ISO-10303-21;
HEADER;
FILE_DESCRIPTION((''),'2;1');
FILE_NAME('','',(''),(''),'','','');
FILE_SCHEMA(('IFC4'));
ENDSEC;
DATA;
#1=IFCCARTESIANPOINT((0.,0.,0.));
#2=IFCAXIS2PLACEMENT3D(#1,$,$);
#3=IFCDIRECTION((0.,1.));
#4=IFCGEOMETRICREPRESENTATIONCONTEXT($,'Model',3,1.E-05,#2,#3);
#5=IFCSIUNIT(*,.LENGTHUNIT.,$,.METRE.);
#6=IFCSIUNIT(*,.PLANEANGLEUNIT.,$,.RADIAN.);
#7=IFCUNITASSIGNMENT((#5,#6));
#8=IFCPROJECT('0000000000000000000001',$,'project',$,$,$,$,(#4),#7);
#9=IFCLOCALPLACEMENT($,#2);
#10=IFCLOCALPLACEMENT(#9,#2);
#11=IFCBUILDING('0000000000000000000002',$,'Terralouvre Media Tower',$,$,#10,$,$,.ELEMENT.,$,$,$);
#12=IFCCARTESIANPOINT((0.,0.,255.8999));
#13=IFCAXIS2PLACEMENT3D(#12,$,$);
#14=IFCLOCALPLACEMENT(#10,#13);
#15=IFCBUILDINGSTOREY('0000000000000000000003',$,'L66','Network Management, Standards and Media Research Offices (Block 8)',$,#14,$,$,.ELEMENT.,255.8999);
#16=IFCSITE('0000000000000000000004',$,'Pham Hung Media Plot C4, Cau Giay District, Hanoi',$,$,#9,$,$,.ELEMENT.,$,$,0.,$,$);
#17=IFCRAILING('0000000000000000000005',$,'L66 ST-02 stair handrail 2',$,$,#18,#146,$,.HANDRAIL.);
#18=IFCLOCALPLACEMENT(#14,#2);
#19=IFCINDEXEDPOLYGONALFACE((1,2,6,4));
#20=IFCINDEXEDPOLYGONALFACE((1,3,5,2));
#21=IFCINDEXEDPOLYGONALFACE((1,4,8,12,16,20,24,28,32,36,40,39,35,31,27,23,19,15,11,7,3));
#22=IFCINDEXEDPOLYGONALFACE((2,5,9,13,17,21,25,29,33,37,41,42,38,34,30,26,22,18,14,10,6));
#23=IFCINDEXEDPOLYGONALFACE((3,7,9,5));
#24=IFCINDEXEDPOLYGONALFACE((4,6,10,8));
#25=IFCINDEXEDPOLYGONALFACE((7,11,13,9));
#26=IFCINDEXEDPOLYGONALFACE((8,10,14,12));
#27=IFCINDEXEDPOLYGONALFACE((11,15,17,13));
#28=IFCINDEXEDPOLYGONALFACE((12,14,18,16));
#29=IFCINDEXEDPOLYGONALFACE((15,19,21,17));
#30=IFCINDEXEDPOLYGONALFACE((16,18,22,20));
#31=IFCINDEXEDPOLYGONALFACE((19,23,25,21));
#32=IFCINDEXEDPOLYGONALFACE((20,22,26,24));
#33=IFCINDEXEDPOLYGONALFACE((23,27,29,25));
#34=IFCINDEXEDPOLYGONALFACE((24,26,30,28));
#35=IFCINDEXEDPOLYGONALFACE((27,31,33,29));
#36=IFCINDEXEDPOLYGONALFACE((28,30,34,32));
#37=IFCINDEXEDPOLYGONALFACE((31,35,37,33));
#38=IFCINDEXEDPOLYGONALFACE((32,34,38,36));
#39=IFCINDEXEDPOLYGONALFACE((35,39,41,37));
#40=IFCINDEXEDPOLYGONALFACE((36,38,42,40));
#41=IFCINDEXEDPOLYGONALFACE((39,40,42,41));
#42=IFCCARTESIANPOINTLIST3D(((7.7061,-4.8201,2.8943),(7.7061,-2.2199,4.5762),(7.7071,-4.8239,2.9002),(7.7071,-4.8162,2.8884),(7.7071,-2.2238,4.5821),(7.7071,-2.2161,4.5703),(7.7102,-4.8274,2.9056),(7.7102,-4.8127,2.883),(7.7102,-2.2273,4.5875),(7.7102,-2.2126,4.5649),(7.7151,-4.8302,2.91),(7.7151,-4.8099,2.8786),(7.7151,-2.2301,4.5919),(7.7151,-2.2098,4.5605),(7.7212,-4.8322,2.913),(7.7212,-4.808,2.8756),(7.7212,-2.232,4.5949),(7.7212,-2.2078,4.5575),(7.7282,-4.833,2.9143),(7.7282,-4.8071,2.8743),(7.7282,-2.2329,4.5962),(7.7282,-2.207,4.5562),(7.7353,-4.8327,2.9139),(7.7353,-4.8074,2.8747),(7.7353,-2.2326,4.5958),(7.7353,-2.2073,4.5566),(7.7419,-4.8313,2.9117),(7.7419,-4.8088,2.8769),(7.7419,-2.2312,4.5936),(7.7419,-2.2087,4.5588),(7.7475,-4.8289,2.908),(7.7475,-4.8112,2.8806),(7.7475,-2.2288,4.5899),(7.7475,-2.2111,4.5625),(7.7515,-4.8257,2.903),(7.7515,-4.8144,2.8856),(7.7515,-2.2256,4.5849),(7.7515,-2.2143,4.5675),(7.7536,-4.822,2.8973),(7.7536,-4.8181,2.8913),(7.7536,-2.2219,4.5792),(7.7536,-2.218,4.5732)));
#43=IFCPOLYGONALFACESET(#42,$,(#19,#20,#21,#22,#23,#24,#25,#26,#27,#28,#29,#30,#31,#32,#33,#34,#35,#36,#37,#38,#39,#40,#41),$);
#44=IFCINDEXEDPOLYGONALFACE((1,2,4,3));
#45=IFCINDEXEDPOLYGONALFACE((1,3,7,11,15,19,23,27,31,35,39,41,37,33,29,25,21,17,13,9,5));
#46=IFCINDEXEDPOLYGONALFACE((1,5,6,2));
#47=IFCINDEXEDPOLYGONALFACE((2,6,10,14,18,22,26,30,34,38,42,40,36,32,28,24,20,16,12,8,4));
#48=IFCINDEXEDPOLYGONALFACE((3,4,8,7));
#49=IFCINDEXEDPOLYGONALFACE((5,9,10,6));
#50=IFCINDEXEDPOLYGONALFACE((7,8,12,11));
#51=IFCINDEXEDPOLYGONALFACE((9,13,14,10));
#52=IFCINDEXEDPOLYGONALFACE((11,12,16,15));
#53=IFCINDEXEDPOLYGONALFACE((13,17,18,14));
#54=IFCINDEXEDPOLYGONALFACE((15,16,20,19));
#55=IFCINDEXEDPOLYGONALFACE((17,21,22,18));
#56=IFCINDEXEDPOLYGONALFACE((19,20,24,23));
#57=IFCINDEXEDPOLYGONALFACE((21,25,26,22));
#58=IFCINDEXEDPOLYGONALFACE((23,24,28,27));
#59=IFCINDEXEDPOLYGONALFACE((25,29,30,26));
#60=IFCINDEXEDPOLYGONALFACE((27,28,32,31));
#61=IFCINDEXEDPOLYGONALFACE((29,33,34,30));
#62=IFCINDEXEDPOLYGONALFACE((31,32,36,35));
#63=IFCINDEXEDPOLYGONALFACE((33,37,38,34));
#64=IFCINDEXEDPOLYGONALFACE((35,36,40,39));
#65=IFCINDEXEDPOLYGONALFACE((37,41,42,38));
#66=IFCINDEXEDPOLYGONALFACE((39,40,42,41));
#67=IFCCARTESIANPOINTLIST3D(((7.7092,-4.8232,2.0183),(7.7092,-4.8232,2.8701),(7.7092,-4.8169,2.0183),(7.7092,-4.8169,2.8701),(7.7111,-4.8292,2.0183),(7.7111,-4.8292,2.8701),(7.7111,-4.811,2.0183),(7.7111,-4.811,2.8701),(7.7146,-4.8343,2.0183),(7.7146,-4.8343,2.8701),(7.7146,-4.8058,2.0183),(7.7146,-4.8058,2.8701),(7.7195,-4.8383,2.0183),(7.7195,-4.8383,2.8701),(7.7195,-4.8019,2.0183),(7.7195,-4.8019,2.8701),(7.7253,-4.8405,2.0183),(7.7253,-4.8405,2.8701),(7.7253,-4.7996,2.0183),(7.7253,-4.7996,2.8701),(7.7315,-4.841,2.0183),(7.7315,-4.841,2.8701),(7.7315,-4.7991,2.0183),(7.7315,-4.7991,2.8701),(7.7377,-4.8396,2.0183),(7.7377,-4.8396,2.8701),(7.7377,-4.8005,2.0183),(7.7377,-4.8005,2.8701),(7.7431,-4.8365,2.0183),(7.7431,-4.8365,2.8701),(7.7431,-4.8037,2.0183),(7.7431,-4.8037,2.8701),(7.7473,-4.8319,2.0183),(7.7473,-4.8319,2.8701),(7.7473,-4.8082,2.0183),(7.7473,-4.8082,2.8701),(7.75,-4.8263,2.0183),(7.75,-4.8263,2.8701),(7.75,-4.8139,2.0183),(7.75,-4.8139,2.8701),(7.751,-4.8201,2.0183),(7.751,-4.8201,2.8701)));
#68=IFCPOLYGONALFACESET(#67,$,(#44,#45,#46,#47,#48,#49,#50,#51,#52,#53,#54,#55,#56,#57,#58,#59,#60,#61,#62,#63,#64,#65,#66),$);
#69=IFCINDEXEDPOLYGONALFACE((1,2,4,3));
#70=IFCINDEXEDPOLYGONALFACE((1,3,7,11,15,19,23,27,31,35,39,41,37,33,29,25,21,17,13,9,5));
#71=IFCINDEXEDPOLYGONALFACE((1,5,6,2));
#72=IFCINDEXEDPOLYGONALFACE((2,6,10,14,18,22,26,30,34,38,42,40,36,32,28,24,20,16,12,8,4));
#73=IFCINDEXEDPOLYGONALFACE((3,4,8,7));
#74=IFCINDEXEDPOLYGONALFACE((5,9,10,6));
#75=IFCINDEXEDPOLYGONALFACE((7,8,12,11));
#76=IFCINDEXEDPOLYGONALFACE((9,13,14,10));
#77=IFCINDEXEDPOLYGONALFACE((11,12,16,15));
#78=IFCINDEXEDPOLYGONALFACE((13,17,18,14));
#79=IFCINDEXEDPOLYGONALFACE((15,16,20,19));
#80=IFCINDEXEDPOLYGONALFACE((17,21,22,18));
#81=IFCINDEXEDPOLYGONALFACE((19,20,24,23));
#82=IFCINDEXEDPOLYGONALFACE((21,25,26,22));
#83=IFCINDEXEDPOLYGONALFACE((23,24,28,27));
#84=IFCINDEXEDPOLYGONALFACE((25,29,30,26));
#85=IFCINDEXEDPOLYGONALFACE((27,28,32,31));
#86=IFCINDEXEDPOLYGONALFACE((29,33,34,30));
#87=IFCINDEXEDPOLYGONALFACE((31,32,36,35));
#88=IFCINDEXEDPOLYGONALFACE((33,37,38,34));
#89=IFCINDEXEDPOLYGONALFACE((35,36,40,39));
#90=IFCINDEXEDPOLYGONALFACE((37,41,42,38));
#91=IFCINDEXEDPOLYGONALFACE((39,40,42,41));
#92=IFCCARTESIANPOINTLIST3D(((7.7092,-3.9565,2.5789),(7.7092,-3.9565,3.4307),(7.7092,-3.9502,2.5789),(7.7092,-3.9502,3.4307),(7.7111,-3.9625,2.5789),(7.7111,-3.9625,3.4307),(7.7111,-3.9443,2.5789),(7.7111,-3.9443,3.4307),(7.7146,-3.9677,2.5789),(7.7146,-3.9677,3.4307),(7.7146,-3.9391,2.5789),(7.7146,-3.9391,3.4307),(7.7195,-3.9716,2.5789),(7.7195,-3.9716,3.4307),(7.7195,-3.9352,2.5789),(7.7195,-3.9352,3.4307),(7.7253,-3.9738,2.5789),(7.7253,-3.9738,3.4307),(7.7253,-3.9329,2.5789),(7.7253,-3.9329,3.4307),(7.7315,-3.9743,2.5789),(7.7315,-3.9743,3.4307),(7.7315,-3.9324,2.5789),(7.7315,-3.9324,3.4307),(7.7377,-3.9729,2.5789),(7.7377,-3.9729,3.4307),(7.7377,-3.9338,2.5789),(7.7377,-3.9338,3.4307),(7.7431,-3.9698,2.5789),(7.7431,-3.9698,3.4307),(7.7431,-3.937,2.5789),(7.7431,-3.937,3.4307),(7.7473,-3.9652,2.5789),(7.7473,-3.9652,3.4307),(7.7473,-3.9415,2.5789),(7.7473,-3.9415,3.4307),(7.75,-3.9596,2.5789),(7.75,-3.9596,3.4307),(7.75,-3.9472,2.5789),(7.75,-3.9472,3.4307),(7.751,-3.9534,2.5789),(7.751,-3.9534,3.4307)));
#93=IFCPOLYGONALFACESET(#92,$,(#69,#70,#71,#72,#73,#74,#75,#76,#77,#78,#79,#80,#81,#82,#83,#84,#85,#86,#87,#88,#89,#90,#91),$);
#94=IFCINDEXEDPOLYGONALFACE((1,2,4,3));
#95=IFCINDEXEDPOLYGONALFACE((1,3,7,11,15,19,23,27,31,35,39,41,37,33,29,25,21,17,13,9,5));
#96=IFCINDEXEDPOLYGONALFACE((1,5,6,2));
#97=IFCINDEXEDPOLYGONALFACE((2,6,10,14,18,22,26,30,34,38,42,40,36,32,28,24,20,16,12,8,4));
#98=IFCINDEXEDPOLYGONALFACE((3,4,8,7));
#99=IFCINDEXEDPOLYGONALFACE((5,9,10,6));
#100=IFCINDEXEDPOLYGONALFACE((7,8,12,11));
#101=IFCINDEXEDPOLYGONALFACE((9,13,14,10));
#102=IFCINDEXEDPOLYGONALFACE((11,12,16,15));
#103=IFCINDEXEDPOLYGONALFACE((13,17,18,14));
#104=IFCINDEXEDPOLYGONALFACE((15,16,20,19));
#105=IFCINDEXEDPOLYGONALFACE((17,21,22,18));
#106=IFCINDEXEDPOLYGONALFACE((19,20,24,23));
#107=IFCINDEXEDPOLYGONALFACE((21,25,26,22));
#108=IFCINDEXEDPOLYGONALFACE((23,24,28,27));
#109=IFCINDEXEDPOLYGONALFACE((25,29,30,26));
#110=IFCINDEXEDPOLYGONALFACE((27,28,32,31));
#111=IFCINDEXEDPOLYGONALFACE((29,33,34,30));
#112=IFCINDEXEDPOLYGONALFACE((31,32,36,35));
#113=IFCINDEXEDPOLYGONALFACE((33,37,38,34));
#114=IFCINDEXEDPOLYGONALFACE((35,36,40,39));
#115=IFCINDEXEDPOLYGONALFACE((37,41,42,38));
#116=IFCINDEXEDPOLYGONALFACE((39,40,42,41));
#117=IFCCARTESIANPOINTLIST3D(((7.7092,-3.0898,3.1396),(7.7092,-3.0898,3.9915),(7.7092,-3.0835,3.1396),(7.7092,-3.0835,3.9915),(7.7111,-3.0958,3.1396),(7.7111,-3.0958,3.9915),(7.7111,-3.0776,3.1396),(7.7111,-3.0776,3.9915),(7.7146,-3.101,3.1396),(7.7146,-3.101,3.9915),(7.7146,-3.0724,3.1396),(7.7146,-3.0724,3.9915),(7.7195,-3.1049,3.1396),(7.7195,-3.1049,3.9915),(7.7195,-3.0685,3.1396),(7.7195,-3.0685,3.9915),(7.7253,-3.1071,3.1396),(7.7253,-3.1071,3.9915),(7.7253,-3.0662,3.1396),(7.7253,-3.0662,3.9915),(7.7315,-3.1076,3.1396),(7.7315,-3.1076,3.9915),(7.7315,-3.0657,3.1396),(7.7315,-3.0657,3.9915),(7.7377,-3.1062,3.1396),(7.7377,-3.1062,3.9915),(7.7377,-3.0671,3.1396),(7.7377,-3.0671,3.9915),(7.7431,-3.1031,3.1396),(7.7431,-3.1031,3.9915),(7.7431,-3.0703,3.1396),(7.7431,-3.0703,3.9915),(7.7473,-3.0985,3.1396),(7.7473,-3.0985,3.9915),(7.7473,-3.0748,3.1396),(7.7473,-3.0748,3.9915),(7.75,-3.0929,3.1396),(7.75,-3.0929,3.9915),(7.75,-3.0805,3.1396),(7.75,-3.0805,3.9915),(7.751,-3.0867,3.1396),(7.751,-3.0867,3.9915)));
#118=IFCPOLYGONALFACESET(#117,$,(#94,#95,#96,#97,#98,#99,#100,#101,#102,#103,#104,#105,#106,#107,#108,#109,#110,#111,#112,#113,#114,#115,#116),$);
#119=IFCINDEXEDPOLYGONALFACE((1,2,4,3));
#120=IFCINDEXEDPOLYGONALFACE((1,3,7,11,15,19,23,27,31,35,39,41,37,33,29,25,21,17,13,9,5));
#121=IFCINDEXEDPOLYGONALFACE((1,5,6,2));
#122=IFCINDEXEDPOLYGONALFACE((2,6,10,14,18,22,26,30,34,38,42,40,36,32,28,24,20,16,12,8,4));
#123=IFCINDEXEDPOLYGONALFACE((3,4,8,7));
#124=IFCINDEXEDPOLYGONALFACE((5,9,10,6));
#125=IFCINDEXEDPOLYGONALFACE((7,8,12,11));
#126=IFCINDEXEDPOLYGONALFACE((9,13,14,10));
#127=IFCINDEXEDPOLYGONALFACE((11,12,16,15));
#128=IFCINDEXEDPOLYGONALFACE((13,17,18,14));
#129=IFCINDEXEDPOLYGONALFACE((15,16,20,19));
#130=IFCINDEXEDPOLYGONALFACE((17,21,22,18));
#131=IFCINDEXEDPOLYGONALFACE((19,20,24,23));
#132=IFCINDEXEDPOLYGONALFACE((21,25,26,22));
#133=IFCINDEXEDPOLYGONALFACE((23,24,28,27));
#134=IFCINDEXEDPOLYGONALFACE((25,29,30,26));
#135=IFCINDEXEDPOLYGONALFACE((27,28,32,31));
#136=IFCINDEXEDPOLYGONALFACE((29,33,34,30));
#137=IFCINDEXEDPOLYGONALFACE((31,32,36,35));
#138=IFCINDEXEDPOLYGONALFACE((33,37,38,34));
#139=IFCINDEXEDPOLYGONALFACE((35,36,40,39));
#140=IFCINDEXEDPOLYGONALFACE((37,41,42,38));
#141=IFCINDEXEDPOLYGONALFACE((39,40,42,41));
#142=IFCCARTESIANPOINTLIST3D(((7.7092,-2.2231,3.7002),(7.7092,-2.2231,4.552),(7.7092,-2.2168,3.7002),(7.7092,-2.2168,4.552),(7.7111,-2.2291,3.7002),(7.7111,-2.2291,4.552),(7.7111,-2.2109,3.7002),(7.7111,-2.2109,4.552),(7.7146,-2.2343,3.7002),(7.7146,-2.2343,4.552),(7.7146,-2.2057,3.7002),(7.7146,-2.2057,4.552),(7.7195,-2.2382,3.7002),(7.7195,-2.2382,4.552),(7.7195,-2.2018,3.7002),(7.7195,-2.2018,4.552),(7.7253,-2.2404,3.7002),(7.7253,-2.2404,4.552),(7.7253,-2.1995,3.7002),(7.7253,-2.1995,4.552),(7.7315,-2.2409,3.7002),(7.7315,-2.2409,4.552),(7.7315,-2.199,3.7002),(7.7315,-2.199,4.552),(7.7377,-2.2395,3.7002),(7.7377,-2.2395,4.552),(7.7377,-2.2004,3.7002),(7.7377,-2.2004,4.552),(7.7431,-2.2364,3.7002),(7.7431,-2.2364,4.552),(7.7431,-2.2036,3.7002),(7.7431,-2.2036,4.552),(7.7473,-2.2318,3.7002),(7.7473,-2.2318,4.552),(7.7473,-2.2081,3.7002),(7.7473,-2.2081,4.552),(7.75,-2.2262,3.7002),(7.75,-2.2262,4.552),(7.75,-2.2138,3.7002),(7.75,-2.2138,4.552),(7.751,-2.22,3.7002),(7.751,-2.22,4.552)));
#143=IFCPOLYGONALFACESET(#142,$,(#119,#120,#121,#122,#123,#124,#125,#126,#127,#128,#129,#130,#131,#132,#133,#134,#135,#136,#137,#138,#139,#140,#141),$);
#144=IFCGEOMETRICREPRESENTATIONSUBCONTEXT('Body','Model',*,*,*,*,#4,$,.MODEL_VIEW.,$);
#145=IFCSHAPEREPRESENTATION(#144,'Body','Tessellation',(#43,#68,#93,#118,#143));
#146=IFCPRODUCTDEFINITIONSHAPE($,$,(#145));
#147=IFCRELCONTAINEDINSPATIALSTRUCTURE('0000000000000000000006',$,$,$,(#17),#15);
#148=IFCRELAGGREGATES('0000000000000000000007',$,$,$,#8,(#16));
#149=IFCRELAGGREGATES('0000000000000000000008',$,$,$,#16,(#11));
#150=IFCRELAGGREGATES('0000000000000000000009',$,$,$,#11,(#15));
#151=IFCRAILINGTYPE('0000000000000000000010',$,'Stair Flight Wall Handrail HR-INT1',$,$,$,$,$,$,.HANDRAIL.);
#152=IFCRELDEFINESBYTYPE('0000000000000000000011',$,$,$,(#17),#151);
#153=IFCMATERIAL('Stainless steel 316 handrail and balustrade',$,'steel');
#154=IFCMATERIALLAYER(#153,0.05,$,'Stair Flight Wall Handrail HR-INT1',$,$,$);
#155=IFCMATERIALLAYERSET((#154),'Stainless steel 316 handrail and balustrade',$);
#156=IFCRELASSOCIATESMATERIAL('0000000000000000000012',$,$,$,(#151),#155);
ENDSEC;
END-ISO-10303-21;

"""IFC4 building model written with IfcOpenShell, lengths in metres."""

from ifc_helpers import new_model, si_unit, direction, frame, origin, origin_2d, place, context, subcontext, project, spatial, circle, extrude, material, layer, layer_set, type_object, element, save


model = new_model("IFC4")

# Units and contexts
model_context = context("Model", 3, precision=1e-05, world=origin(), true_north=direction((0.0, 1.0)))
body_context = subcontext(model_context, "Body", "Model", "MODEL_VIEW")
ifc_project = project(units=[si_unit("LENGTHUNIT", "METRE"), si_unit("PLANEANGLEUNIT", "RADIAN")], contexts=[model_context])

# Site, building, storey
site_placement = place(None, origin())
site = spatial("IfcSite", under=ifc_project, at=site_placement, Name="Pham Hung Media Plot C4, Cau Giay District, Hanoi", CompositionType="ELEMENT", RefElevation=0.0)
building_placement = place(site_placement, origin())
building = spatial("IfcBuilding", under=site, at=building_placement, Name="Terralouvre Media Tower", CompositionType="ELEMENT")
storey_placement = place(building_placement, frame((0.0, 0.0, 255.8999)))
storey = spatial("IfcBuildingStorey", under=building, at=storey_placement, Name="L66", Description="Network Management, Standards and Media Research Offices (Block 8)", CompositionType="ELEMENT", Elevation=255.8999)

# Railing
ifc_material_1 = material(Name="Stainless steel 316 handrail and balustrade", Category="steel")
ifc_layer_1 = layer(ifc_material_1, 0.05, Name="Stair Flight Wall Handrail HR-INT1")
ifc_layer_set_1 = layer_set([ifc_layer_1], Name="Stainless steel 316 handrail and balustrade")
railing_type_1 = type_object("IfcRailingType", Name="Stair Flight Wall Handrail HR-INT1", PredefinedType="HANDRAIL", material=ifc_layer_set_1)
railing_1_placement = place(storey_placement, frame((7.73, -4.8201, 2.0183)))
element("IfcRailing", 1, at=railing_1_placement, inside=storey, type_object=railing_type_1, Name="L66 ST-02 stair handrail 2", PredefinedType="HANDRAIL", context=body_context, shape_type="SweptSolid", body=[
    extrude(circle(Radius=0.0239, at=origin_2d()), frame((0.0, 0.0, 0.876), z_axis=(0.0, 0.839648, 0.54313), x_axis=(-1.0, 0.0, 0.0)), (0.0, 0.0, 1.0), 3.0967),
    extrude(circle(Radius=0.021, at=origin_2d()), origin(), (0.0, 0.0, 1.0), 0.8518),
    extrude(circle(Radius=0.021, at=origin_2d()), frame((0.0, 0.8667, 0.5605)), (0.0, 0.0, 1.0), 0.8518),
    extrude(circle(Radius=0.021, at=origin_2d()), frame((0.0, 1.7334, 1.1213)), (0.0, 0.0, 1.0), 0.8518),
    extrude(circle(Radius=0.021, at=origin_2d()), frame((0.0, 2.6001, 1.6819)), (0.0, 0.0, 1.0), 0.8518),
])

save(model, "model.ifc")
